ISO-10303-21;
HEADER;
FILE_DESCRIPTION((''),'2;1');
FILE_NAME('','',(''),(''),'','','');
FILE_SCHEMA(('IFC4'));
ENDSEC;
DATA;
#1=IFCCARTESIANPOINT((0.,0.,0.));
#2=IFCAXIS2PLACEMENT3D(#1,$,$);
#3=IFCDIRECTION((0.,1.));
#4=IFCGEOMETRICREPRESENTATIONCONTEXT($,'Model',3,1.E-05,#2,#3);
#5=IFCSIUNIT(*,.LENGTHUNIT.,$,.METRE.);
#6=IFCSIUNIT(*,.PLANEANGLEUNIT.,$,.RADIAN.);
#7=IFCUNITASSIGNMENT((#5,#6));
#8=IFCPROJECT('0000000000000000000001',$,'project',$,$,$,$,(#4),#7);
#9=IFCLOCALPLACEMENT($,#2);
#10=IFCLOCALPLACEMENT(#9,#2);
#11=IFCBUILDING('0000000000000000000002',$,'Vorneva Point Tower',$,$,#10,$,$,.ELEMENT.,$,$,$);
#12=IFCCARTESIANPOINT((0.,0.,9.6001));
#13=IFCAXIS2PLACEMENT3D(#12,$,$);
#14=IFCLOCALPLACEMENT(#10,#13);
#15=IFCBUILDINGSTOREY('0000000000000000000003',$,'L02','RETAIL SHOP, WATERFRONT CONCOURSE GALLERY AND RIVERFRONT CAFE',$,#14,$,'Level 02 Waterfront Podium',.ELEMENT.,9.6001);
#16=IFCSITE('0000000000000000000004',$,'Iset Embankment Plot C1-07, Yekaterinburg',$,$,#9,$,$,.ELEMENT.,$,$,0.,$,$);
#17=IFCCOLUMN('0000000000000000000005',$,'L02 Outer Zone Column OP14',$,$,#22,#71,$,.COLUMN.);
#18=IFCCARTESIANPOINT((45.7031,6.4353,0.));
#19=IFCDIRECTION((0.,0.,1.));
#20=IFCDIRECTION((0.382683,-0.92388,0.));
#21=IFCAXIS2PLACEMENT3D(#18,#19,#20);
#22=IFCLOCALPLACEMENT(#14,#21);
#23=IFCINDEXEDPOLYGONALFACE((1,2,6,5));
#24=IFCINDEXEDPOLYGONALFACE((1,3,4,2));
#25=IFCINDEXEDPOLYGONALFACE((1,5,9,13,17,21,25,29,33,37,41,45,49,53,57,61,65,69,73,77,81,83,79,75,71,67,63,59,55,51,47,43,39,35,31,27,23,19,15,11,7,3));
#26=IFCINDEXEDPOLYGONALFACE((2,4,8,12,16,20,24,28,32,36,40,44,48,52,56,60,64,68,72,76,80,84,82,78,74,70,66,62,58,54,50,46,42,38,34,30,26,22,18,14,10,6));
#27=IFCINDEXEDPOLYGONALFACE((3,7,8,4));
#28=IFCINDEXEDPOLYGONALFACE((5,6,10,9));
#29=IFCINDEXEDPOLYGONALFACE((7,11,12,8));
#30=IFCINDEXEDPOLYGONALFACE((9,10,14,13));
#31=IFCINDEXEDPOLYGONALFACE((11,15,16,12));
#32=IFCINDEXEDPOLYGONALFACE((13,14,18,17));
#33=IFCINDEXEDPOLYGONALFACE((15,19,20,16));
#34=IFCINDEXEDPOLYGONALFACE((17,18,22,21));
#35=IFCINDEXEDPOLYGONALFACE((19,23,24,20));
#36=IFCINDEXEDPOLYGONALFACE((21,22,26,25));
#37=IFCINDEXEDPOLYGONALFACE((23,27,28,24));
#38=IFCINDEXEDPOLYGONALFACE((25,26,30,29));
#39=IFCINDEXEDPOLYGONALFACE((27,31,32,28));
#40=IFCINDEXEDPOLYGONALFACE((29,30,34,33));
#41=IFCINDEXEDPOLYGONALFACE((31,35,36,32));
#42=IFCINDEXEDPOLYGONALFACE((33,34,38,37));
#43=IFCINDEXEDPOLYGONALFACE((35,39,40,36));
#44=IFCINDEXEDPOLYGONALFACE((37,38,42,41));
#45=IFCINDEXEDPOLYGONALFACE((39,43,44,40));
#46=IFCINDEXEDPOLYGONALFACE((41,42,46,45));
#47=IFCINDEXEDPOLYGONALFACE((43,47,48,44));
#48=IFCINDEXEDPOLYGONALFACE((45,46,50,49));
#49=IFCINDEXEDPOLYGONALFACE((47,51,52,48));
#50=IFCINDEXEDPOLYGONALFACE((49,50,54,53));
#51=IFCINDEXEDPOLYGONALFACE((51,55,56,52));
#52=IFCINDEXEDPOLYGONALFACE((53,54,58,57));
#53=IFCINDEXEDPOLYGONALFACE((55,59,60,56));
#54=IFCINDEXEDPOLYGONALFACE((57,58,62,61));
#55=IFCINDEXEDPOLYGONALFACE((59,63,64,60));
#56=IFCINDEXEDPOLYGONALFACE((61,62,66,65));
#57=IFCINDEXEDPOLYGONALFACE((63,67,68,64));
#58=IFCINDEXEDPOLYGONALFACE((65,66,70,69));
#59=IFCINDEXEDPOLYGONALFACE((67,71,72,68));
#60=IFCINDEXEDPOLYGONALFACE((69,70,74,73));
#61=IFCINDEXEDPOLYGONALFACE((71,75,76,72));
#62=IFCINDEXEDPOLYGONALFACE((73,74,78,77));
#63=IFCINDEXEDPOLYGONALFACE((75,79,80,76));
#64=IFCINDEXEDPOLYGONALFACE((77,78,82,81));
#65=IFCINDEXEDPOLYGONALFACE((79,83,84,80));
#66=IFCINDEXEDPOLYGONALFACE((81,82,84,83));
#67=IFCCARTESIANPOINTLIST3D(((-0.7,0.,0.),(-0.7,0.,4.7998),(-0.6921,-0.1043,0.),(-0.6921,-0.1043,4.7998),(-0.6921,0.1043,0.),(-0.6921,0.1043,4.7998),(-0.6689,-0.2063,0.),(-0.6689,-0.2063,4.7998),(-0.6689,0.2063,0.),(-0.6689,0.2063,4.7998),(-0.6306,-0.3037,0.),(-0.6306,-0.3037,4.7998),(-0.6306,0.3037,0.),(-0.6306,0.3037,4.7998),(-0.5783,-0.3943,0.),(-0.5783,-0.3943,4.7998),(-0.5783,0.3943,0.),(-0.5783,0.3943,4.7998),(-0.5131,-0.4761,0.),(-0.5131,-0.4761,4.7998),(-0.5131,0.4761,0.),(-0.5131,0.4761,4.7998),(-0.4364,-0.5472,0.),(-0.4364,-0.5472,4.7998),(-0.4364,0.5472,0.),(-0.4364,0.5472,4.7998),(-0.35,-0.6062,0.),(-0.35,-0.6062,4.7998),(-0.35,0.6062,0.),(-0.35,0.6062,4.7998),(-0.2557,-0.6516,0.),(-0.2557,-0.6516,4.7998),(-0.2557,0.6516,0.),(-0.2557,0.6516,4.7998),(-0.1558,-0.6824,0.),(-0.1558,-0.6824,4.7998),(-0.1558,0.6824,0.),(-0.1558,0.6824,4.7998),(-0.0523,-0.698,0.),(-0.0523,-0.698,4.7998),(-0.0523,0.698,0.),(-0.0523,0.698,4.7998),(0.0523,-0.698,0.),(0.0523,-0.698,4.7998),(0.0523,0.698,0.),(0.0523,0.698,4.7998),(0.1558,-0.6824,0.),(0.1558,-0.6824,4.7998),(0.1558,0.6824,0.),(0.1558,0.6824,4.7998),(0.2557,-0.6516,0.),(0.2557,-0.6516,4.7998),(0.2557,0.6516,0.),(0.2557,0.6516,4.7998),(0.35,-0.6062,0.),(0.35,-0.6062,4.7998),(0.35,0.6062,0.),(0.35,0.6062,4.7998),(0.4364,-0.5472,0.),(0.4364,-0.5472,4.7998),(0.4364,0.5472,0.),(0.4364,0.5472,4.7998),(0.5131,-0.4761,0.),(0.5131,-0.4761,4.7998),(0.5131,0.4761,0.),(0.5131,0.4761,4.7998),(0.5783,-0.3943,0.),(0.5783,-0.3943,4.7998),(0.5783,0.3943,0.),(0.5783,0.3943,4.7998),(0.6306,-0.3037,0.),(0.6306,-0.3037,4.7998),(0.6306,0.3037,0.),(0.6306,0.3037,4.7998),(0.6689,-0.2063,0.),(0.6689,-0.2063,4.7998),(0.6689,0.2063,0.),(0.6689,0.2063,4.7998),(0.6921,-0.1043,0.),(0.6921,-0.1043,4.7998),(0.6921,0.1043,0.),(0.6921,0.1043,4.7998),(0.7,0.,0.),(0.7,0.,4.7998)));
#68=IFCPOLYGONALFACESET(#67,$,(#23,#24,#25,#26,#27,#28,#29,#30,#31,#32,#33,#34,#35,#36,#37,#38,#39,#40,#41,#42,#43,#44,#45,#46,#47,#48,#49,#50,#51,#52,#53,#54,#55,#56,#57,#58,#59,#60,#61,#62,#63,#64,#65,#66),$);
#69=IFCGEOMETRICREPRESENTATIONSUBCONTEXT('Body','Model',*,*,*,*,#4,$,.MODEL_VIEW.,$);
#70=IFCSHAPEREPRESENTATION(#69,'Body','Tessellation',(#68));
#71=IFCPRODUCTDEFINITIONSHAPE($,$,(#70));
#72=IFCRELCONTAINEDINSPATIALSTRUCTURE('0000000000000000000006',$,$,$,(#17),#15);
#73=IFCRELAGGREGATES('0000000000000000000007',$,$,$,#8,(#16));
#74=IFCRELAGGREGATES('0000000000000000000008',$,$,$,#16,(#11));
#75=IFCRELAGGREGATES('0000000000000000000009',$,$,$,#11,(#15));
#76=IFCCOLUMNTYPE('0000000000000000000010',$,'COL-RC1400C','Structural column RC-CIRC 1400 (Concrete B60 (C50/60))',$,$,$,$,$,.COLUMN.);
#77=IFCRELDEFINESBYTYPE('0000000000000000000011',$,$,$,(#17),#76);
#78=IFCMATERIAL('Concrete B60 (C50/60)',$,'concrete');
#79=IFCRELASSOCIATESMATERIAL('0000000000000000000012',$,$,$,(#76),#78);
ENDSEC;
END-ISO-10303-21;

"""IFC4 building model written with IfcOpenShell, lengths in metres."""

from ifc_helpers import new_model, si_unit, direction, frame, origin, origin_2d, place, context, subcontext, project, spatial, circle, extrude, material, material_profile, profile_set, type_object, element, save


model = new_model("IFC4")

# Units and contexts
model_context = context("Model", 3, precision=1e-05, world=origin(), true_north=direction((0.0, 1.0)))
body_context = subcontext(model_context, "Body", "Model", "MODEL_VIEW")
ifc_project = project(units=[si_unit("LENGTHUNIT", "METRE"), si_unit("PLANEANGLEUNIT", "RADIAN")], contexts=[model_context])

# Site, building, storey
site_placement = place(None, origin())
site = spatial("IfcSite", under=ifc_project, at=site_placement, Name="Iset Embankment Plot C1-07, Yekaterinburg", CompositionType="ELEMENT", RefElevation=0.0)
building_placement = place(site_placement, origin())
building = spatial("IfcBuilding", under=site, at=building_placement, Name="Vorneva Point Tower", CompositionType="ELEMENT")
storey_placement = place(building_placement, frame((0.0, 0.0, 9.6001)))
storey = spatial("IfcBuildingStorey", under=building, at=storey_placement, Name="L02", Description="RETAIL SHOP, WATERFRONT CONCOURSE GALLERY AND RIVERFRONT CAFE", LongName="Level 02 Waterfront Podium", CompositionType="ELEMENT", Elevation=9.6001)

# Column
ifc_material_1 = material(Name="Concrete B60 (C50/60)", Category="concrete")
ifc_material_profile_1 = material_profile(ifc_material_1, circle(Radius=0.7, at=origin_2d()), Name="RC-CIRC 1400")
ifc_profile_set_1 = profile_set([ifc_material_profile_1], Name="Concrete B60 (C50/60)")
column_type = type_object("IfcColumnType", Name="COL-RC1400C", Description="Structural column RC-CIRC 1400 (Concrete B60 (C50/60))", PredefinedType="COLUMN", material=ifc_profile_set_1)
for number, where, z_axis, x_axis, name in (
    (1, (45.7031, 6.4353, 0.0), (0.0, 0.0, 1.0), (0.382683, -0.92388, 0.0), "L02 Outer Zone Column OP14"),
):
    element("IfcColumn", number, at=place(storey_placement, frame(where, z_axis=z_axis, x_axis=x_axis)), inside=storey, type_object=column_type, Name=name, PredefinedType="COLUMN", context=body_context, shape_type="SweptSolid", body=[
        extrude(circle(Radius=0.7, at=origin_2d()), origin(), (0.0, 0.0, 1.0), 4.7998),
    ])

save(model, "model.ifc")
